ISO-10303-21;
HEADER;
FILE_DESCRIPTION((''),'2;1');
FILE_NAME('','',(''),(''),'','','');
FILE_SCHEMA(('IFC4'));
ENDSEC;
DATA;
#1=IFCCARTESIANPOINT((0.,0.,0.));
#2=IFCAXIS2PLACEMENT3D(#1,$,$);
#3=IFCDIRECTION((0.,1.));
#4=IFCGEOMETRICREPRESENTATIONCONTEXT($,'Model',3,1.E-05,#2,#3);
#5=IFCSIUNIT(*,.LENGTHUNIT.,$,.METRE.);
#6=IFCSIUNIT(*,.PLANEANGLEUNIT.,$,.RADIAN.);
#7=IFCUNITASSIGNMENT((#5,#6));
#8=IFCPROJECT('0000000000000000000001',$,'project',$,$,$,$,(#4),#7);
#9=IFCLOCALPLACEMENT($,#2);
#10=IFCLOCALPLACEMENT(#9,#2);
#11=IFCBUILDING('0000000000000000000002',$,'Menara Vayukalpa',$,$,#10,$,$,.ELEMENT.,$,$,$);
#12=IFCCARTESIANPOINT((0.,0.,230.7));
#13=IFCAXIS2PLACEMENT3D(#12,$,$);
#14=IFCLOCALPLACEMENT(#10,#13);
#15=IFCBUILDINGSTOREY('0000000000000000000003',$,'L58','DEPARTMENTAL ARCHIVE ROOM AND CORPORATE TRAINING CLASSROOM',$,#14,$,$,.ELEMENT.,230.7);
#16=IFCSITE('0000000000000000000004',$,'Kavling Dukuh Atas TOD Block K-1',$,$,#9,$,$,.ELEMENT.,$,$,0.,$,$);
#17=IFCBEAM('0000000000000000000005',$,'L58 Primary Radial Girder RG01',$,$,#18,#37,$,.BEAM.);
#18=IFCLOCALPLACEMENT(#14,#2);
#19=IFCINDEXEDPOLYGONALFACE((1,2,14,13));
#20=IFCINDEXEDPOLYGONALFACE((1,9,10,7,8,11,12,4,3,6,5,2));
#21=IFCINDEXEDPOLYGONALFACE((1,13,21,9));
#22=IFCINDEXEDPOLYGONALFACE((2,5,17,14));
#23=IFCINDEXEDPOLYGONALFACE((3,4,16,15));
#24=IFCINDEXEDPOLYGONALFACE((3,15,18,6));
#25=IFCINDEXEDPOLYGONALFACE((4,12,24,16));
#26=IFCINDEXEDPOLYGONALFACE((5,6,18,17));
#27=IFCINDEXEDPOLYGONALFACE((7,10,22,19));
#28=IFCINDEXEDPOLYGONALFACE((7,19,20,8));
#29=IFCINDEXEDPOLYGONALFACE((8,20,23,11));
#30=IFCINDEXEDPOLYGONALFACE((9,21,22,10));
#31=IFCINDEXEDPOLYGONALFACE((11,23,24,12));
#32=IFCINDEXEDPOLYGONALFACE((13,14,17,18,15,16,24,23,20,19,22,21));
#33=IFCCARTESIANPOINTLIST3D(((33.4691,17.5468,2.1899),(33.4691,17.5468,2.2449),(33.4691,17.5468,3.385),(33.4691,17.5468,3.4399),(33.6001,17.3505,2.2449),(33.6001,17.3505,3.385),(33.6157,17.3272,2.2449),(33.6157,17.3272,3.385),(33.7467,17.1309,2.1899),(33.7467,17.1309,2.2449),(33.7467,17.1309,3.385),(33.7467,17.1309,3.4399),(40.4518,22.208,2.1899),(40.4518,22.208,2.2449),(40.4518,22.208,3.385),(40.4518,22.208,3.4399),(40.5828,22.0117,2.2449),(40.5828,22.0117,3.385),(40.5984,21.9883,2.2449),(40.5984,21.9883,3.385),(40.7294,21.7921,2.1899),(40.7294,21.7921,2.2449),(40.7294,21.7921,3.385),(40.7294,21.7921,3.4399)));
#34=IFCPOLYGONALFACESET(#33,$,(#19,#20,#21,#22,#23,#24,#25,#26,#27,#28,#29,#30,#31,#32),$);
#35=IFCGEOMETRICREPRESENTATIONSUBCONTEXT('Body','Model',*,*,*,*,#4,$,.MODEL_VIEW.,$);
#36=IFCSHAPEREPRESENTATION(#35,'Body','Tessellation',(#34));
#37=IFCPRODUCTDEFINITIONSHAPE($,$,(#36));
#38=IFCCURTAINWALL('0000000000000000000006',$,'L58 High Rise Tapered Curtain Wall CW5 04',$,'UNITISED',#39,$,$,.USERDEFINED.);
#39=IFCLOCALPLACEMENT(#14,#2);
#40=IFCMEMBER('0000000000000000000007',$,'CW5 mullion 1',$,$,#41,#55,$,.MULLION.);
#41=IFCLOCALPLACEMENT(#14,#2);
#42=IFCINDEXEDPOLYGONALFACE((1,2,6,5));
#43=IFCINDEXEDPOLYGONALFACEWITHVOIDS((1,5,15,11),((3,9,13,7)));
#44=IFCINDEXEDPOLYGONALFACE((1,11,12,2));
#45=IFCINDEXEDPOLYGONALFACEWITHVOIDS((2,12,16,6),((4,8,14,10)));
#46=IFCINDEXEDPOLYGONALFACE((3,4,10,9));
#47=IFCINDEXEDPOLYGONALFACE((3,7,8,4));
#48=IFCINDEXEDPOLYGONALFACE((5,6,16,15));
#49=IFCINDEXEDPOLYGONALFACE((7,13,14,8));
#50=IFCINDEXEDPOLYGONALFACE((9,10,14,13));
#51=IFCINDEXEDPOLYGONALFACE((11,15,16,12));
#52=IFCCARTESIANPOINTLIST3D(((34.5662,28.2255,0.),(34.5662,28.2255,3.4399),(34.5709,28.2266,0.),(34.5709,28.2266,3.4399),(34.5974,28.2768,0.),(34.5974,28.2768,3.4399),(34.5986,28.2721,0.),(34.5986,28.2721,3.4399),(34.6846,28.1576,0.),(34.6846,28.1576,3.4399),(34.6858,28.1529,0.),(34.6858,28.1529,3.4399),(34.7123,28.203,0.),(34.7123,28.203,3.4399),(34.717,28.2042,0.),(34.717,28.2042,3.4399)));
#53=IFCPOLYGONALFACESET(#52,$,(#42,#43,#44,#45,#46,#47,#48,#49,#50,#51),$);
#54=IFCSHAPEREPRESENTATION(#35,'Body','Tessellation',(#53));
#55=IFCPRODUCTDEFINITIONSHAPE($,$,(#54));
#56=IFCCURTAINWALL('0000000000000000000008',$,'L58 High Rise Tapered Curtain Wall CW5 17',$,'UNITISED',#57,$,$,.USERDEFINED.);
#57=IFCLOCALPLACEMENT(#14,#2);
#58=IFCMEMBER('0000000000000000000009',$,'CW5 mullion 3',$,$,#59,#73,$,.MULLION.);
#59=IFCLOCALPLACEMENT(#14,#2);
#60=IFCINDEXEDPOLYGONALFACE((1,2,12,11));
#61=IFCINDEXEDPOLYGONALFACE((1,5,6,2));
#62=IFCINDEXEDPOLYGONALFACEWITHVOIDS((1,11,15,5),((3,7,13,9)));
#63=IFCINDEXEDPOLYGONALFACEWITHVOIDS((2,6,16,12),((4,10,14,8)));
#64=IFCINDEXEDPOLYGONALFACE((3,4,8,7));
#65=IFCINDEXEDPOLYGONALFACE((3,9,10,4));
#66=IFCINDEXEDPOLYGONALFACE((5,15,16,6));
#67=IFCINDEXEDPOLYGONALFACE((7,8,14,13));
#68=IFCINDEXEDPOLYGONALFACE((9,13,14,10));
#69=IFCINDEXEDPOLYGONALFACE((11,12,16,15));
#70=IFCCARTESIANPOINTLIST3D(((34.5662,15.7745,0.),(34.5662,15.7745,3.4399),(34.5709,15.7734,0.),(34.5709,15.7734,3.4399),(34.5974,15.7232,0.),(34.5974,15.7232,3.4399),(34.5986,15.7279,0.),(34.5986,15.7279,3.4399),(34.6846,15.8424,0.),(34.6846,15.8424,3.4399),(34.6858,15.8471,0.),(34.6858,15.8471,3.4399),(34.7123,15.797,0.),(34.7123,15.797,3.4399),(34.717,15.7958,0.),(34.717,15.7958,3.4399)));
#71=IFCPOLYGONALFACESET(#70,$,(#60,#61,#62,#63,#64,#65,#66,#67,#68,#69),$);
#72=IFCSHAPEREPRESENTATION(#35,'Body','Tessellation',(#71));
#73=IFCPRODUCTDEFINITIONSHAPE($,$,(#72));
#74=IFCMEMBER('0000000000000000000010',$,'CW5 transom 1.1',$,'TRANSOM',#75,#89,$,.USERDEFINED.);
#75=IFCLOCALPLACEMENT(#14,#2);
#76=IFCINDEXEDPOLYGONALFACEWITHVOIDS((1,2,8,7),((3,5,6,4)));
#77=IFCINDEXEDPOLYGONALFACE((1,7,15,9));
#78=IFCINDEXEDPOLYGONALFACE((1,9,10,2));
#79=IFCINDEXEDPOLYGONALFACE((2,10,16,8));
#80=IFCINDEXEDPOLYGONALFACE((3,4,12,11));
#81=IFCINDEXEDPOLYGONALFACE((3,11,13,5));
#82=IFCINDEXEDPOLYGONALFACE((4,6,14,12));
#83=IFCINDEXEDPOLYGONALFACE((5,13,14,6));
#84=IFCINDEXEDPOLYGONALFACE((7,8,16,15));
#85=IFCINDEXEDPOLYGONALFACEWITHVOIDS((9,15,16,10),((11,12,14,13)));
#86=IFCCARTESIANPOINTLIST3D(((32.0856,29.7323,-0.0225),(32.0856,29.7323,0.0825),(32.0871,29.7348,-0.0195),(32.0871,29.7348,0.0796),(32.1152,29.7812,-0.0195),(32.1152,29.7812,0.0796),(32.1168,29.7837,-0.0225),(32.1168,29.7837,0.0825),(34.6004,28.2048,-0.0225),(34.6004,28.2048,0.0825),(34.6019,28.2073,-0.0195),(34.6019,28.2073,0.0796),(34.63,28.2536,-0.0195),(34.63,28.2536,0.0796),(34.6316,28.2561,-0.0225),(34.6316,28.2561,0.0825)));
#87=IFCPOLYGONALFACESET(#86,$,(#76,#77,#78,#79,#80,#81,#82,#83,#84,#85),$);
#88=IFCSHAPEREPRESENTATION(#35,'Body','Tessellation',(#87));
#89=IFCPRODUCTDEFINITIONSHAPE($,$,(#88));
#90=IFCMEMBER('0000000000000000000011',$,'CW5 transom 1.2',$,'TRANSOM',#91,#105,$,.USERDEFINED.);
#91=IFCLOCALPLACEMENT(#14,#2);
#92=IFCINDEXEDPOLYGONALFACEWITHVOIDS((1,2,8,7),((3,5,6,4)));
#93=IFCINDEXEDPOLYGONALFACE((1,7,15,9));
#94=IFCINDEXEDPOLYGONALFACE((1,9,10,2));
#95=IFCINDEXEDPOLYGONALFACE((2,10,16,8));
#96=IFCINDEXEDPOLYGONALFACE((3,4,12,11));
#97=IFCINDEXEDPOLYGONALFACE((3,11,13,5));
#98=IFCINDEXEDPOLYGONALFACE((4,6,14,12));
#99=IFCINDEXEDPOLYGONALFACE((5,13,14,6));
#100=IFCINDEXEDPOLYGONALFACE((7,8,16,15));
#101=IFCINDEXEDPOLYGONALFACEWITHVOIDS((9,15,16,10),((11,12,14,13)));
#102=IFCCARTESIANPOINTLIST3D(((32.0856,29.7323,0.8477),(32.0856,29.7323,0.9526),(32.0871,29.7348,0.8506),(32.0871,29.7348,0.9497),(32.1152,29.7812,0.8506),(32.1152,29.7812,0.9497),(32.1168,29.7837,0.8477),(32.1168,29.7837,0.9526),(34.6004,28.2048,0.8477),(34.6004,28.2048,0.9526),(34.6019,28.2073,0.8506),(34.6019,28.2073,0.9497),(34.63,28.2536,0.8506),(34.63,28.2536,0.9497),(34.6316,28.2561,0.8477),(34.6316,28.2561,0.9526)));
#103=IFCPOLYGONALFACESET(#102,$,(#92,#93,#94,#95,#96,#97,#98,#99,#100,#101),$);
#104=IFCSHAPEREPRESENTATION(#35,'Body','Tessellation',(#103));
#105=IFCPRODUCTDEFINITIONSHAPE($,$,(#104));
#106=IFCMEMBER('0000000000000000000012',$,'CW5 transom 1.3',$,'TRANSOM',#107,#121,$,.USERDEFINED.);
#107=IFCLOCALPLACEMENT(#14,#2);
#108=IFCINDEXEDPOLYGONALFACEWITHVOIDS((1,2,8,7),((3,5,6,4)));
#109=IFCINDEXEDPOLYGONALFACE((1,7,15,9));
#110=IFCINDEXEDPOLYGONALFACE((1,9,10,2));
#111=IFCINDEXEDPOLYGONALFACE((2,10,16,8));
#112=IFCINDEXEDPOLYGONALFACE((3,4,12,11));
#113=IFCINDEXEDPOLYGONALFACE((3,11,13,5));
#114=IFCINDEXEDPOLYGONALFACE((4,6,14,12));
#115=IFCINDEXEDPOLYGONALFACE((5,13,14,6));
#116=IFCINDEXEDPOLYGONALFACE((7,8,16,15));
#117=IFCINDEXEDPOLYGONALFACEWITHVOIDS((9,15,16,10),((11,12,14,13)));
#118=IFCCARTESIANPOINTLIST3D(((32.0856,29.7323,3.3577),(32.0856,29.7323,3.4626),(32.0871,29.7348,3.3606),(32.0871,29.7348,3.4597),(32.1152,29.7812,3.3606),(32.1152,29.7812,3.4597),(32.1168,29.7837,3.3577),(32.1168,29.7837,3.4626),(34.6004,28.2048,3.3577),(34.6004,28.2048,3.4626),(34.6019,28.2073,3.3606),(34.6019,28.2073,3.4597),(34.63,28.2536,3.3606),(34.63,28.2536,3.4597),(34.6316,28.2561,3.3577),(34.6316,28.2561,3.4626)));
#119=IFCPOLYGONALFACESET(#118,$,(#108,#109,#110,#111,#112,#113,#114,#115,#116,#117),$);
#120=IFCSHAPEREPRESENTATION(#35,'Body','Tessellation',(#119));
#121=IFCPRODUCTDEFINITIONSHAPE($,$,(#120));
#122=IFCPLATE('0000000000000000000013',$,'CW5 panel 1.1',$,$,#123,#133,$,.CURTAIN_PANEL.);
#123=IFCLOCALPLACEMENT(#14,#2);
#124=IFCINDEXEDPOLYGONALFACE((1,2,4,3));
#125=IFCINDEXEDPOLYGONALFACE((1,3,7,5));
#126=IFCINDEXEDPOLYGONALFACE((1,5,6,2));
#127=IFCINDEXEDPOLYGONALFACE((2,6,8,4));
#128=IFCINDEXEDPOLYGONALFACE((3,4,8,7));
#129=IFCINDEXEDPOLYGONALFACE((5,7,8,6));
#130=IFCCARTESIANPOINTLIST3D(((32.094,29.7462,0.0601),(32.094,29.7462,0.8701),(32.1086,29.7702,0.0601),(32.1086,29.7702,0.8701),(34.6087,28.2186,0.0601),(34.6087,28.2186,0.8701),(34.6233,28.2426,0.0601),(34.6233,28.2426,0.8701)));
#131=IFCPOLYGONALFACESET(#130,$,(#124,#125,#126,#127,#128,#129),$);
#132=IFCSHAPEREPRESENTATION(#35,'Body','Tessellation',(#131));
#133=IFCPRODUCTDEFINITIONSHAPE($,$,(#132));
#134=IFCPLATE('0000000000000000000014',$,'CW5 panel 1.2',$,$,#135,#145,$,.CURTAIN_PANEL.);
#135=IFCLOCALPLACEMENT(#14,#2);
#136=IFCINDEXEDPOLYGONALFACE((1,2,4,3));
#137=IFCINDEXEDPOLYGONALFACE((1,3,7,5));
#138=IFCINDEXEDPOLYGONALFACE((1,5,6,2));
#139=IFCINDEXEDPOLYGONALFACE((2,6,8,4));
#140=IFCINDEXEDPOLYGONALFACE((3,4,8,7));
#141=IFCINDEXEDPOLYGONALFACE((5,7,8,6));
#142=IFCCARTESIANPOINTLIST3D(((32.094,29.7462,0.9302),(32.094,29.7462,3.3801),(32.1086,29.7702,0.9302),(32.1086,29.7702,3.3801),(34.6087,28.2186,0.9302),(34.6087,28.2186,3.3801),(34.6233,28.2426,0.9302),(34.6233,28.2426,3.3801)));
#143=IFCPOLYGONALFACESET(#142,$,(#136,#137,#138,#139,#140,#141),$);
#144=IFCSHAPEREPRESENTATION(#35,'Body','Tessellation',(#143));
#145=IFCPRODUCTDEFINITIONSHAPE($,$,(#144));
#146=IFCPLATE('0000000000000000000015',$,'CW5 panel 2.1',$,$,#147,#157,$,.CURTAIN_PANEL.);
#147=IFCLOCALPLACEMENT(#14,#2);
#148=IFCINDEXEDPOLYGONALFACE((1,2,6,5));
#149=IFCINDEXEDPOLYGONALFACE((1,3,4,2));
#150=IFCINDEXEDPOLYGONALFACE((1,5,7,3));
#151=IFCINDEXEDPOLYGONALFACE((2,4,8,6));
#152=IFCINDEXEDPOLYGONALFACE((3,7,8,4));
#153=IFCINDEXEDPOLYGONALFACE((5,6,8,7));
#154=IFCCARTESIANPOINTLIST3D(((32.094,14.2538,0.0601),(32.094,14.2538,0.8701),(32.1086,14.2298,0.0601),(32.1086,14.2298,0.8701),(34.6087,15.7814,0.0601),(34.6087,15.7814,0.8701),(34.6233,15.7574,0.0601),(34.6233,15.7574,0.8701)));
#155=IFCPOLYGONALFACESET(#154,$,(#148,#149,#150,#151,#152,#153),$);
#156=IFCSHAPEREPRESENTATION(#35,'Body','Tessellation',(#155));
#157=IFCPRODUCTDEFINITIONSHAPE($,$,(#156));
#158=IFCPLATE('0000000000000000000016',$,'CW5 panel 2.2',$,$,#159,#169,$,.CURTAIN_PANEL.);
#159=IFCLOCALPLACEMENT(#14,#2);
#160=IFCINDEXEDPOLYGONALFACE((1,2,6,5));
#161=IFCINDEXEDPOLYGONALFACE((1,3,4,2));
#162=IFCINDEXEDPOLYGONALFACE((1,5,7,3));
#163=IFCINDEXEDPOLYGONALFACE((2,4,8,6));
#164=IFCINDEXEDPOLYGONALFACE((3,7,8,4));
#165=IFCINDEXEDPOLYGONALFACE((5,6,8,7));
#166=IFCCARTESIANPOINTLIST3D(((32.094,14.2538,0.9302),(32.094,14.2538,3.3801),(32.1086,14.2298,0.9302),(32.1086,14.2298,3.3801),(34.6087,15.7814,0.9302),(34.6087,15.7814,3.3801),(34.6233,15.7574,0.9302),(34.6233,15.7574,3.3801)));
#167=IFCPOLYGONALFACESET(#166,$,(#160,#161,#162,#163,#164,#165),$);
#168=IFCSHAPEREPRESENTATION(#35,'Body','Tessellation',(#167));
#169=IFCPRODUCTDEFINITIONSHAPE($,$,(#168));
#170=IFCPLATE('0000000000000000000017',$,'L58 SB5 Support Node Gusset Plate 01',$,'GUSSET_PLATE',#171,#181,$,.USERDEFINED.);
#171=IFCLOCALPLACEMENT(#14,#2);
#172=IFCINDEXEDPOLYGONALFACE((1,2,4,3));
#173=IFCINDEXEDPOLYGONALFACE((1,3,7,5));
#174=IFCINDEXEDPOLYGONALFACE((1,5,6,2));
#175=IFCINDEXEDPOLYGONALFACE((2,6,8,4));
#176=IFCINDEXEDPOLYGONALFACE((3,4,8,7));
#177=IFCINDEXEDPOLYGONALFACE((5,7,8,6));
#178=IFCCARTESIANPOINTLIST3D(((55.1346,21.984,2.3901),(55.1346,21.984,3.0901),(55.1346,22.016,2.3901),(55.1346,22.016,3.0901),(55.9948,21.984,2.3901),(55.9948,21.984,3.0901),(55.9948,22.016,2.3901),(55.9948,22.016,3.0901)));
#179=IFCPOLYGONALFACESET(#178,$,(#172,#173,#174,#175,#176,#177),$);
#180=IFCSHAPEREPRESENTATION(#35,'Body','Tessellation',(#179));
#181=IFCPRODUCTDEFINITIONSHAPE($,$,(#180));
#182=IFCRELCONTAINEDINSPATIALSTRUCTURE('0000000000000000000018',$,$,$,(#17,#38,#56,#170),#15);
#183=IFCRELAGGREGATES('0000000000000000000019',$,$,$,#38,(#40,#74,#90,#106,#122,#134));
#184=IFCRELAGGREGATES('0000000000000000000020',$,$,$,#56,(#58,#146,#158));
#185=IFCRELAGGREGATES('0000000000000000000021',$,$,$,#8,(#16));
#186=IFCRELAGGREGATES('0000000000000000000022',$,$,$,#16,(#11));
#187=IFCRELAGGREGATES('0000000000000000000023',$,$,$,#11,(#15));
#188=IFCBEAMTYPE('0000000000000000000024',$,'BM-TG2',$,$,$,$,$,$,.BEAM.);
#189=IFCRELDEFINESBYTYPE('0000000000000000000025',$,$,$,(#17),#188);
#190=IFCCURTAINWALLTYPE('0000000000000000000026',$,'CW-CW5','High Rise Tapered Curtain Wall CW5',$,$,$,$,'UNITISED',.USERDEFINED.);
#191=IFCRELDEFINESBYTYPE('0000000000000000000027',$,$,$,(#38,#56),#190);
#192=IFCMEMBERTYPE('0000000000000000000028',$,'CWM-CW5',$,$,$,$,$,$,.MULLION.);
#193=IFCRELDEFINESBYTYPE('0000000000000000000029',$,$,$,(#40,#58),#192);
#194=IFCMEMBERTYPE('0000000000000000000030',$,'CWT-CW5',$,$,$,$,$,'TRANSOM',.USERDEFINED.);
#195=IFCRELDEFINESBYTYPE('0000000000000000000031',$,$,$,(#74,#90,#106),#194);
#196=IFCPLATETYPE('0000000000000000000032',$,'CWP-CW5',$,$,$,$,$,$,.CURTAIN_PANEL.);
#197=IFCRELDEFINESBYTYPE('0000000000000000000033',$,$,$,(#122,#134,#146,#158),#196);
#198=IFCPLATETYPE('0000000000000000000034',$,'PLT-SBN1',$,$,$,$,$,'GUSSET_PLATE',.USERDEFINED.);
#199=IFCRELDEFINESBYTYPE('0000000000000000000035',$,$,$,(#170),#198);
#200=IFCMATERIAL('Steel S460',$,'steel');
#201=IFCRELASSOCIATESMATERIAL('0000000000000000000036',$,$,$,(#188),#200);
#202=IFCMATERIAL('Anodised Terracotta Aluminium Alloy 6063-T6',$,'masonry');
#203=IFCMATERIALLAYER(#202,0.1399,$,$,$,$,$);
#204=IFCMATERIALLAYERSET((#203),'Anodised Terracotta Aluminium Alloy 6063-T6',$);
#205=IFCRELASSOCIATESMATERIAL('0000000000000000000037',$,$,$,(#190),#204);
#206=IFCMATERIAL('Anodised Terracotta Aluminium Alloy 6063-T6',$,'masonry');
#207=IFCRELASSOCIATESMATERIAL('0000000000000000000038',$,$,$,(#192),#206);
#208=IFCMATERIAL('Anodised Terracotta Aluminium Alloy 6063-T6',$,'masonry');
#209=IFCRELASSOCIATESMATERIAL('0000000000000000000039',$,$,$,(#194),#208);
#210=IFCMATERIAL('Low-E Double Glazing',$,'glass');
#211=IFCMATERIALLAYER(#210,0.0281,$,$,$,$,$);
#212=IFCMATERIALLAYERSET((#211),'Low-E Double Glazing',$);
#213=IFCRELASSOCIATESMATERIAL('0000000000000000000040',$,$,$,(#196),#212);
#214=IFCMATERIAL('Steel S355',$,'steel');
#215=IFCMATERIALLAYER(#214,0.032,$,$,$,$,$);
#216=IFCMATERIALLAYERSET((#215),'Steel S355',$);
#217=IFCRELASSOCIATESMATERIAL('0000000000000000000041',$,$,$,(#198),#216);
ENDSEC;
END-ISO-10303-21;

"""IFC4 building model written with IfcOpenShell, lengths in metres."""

from ifc_helpers import new_model, si_unit, direction, frame, origin, origin_2d, place, context, subcontext, project, spatial, rectangle, hollow_rectangle, i_section, extrude, material, layer, layer_set, material_profile, profile_set, type_object, element, aggregate, save


model = new_model("IFC4")

# Units and contexts
model_context = context("Model", 3, precision=1e-05, world=origin(), true_north=direction((0.0, 1.0)))
body_context = subcontext(model_context, "Body", "Model", "MODEL_VIEW")
ifc_project = project(units=[si_unit("LENGTHUNIT", "METRE"), si_unit("PLANEANGLEUNIT", "RADIAN")], contexts=[model_context])

# Site, building, storey
site_placement = place(None, origin())
site = spatial("IfcSite", under=ifc_project, at=site_placement, Name="Kavling Dukuh Atas TOD Block K-1", CompositionType="ELEMENT", RefElevation=0.0)
building_placement = place(site_placement, origin())
building = spatial("IfcBuilding", under=site, at=building_placement, Name="Menara Vayukalpa", CompositionType="ELEMENT")
storey_placement = place(building_placement, frame((0.0, 0.0, 230.7)))
storey = spatial("IfcBuildingStorey", under=building, at=storey_placement, Name="L58", Description="DEPARTMENTAL ARCHIVE ROOM AND CORPORATE TRAINING CLASSROOM", CompositionType="ELEMENT", Elevation=230.7)

# Beam
ifc_material_1 = material(Name="Steel S460", Category="steel")
ifc_material_profile_1 = material_profile(ifc_material_1, i_section(OverallWidth=0.5, OverallDepth=1.25, WebThickness=0.0281, FlangeThickness=0.0549, at=origin_2d()), Name="WG 1250x500x28x55")
ifc_profile_set_1 = profile_set([ifc_material_profile_1], Name="Steel S460")
beam_type_1 = type_object("IfcBeamType", Name="BM-TG2", PredefinedType="BEAM", material=ifc_profile_set_1)
beam_1_placement = place(storey_placement, frame((33.6079, 17.3389, 2.8149), z_axis=(0.831719, 0.555197, 0.0), x_axis=(-0.555197, 0.831719, 0.0)))
element("IfcBeam", 1, at=beam_1_placement, inside=storey, type_object=beam_type_1, Name="L58 Primary Radial Girder RG01", PredefinedType="BEAM", context=body_context, shape_type="SweptSolid", body=[
    extrude(i_section(OverallWidth=0.5, OverallDepth=1.25, WebThickness=0.0281, FlangeThickness=0.0549, at=origin_2d()), origin(), (0.0, 0.0, 1.0), 8.3955),
])

# Curtain walls, members
ifc_material_2 = material(Name="Anodised Terracotta Aluminium Alloy 6063-T6", Category="masonry")
ifc_layer_1 = layer(ifc_material_2, 0.1399)
ifc_layer_set_1 = layer_set([ifc_layer_1], Name="Anodised Terracotta Aluminium Alloy 6063-T6")
curtain_wall_type = type_object("IfcCurtainWallType", Name="CW-CW5", Description="High Rise Tapered Curtain Wall CW5", ElementType="UNITISED", PredefinedType="USERDEFINED", material=ifc_layer_set_1)
curtain_wall_1_placement = place(storey_placement, origin())
curtain_wall_1 = element("IfcCurtainWall", 2, at=curtain_wall_1_placement, inside=storey, type_object=curtain_wall_type, Name="L58 High Rise Tapered Curtain Wall CW5 04", ObjectType="UNITISED", PredefinedType="USERDEFINED")
ifc_material_3 = material(Name="Anodised Terracotta Aluminium Alloy 6063-T6", Category="masonry")
ifc_material_profile_2 = material_profile(ifc_material_3, hollow_rectangle(XDim=0.0601, YDim=0.1399, WallThickness=0.0034, at=origin_2d()), Name="ALU 60x140x3.5")
ifc_profile_set_2 = profile_set([ifc_material_profile_2], Name="Anodised Terracotta Aluminium Alloy 6063-T6")
member_type_1 = type_object("IfcMemberType", Name="CWM-CW5", PredefinedType="MULLION", material=ifc_profile_set_2)
member_1_placement = place(storey_placement, frame((34.6416, 28.2148, 0.0), z_axis=(0.0, 0.0, 1.0), x_axis=(-0.51918, -0.854665, 0.0)))
member_1 = element("IfcMember", 3, at=member_1_placement, type_object=member_type_1, Name="CW5 mullion 1", PredefinedType="MULLION", context=body_context, shape_type="SweptSolid", body=[
    extrude(hollow_rectangle(XDim=0.0601, YDim=0.1399, WallThickness=0.0034, at=origin_2d()), origin(), (0.0, 0.0, 1.0), 3.4399),
])
curtain_wall_2_placement = place(storey_placement, origin())
curtain_wall_2 = element("IfcCurtainWall", 4, at=curtain_wall_2_placement, inside=storey, type_object=curtain_wall_type, Name="L58 High Rise Tapered Curtain Wall CW5 17", ObjectType="UNITISED", PredefinedType="USERDEFINED")
member_2_placement = place(storey_placement, frame((34.6416, 15.7852, 0.0), z_axis=(0.0, 0.0, 1.0), x_axis=(-0.51918, 0.854665, 0.0)))
member_2 = element("IfcMember", 5, at=member_2_placement, type_object=member_type_1, Name="CW5 mullion 3", PredefinedType="MULLION", context=body_context, shape_type="SweptSolid", body=[
    extrude(hollow_rectangle(XDim=0.0601, YDim=0.1399, WallThickness=0.0034, at=origin_2d()), origin(), (0.0, 0.0, 1.0), 3.4399),
])

# Members
ifc_material_4 = material(Name="Anodised Terracotta Aluminium Alloy 6063-T6", Category="masonry")
ifc_material_profile_3 = material_profile(ifc_material_4, hollow_rectangle(XDim=0.0601, YDim=0.105, WallThickness=0.0029, at=origin_2d()), Name="ALU 60x105x3")
ifc_profile_set_3 = profile_set([ifc_material_profile_3], Name="Anodised Terracotta Aluminium Alloy 6063-T6")
member_type_2 = type_object("IfcMemberType", Name="CWT-CW5", ElementType="TRANSOM", PredefinedType="USERDEFINED", material=ifc_profile_set_3)
member_3_placement = place(storey_placement, frame((34.616, 28.2305, 0.03), z_axis=(-0.854684, 0.519149, 0.0), x_axis=(-0.519149, -0.854684, 0.0)))
member_3 = element("IfcMember", 6, at=member_3_placement, type_object=member_type_2, Name="CW5 transom 1.1", ObjectType="TRANSOM", PredefinedType="USERDEFINED", context=body_context, shape_type="SweptSolid", body=[
    extrude(hollow_rectangle(XDim=0.0601, YDim=0.105, WallThickness=0.0029, at=origin_2d()), origin(), (0.0, 0.0, 1.0), 2.9424),
])
member_4_placement = place(storey_placement, frame((34.616, 28.2305, 0.9001), z_axis=(-0.854684, 0.519149, 0.0), x_axis=(-0.519149, -0.854684, 0.0)))
member_4 = element("IfcMember", 7, at=member_4_placement, type_object=member_type_2, Name="CW5 transom 1.2", ObjectType="TRANSOM", PredefinedType="USERDEFINED", context=body_context, shape_type="SweptSolid", body=[
    extrude(hollow_rectangle(XDim=0.0601, YDim=0.105, WallThickness=0.0029, at=origin_2d()), origin(), (0.0, 0.0, 1.0), 2.9424),
])
member_5_placement = place(storey_placement, frame((34.616, 28.2305, 3.4102), z_axis=(-0.854684, 0.519149, 0.0), x_axis=(-0.519149, -0.854684, 0.0)))
member_5 = element("IfcMember", 8, at=member_5_placement, type_object=member_type_2, Name="CW5 transom 1.3", ObjectType="TRANSOM", PredefinedType="USERDEFINED", context=body_context, shape_type="SweptSolid", body=[
    extrude(hollow_rectangle(XDim=0.0601, YDim=0.105, WallThickness=0.0029, at=origin_2d()), origin(), (0.0, 0.0, 1.0), 2.9424),
])

# Plates
ifc_material_5 = material(Name="Low-E Double Glazing", Category="glass")
ifc_layer_2 = layer(ifc_material_5, 0.0281)
ifc_layer_set_2 = layer_set([ifc_layer_2], Name="Low-E Double Glazing")
plate_type_1 = type_object("IfcPlateType", Name="CWP-CW5", PredefinedType="CURTAIN_PANEL", material=ifc_layer_set_2)
plate_1_placement = place(storey_placement, frame((33.3586, 28.9944, 0.0601), z_axis=(0.0, 0.0, 1.0), x_axis=(-0.854665, 0.51918, 0.0)))
plate_1 = element("IfcPlate", 9, at=plate_1_placement, type_object=plate_type_1, Name="CW5 panel 1.1", PredefinedType="CURTAIN_PANEL", context=body_context, shape_type="SweptSolid", body=[
    extrude(rectangle(XDim=2.9424, YDim=0.0281, at=origin_2d()), origin(), (0.0, 0.0, 1.0), 0.8101),
])
plate_2_placement = place(storey_placement, frame((33.3586, 28.9944, 0.9302), z_axis=(0.0, 0.0, 1.0), x_axis=(-0.854665, 0.51918, 0.0)))
plate_2 = element("IfcPlate", 10, at=plate_2_placement, type_object=plate_type_1, Name="CW5 panel 1.2", PredefinedType="CURTAIN_PANEL", context=body_context, shape_type="SweptSolid", body=[
    extrude(rectangle(XDim=2.9424, YDim=0.0281, at=origin_2d()), origin(), (0.0, 0.0, 1.0), 2.45),
])
aggregate(curtain_wall_1, [member_1, member_3, member_4, member_5, plate_1, plate_2])
plate_3_placement = place(storey_placement, frame((33.3586, 15.0056, 0.0601), z_axis=(0.0, 0.0, 1.0), x_axis=(0.854665, 0.51918, 0.0)))
plate_3 = element("IfcPlate", 11, at=plate_3_placement, type_object=plate_type_1, Name="CW5 panel 2.1", PredefinedType="CURTAIN_PANEL", context=body_context, shape_type="SweptSolid", body=[
    extrude(rectangle(XDim=2.9424, YDim=0.0281, at=origin_2d()), origin(), (0.0, 0.0, 1.0), 0.8101),
])
plate_4_placement = place(storey_placement, frame((33.3586, 15.0056, 0.9302), z_axis=(0.0, 0.0, 1.0), x_axis=(0.854665, 0.51918, 0.0)))
plate_4 = element("IfcPlate", 12, at=plate_4_placement, type_object=plate_type_1, Name="CW5 panel 2.2", PredefinedType="CURTAIN_PANEL", context=body_context, shape_type="SweptSolid", body=[
    extrude(rectangle(XDim=2.9424, YDim=0.0281, at=origin_2d()), origin(), (0.0, 0.0, 1.0), 2.45),
])
aggregate(curtain_wall_2, [member_2, plate_3, plate_4])
ifc_material_6 = material(Name="Steel S355", Category="steel")
ifc_layer_3 = layer(ifc_material_6, 0.032)
ifc_layer_set_3 = layer_set([ifc_layer_3], Name="Steel S355")
plate_type_2 = type_object("IfcPlateType", Name="PLT-SBN1", ElementType="GUSSET_PLATE", PredefinedType="USERDEFINED", material=ifc_layer_set_3)
plate_5_placement = place(storey_placement, frame((55.5647, 22.0, 2.3901), z_axis=(0.0, 0.0, 1.0), x_axis=(1.0, 0.0, 0.0)))
element("IfcPlate", 13, at=plate_5_placement, inside=storey, type_object=plate_type_2, Name="L58 SB5 Support Node Gusset Plate 01", ObjectType="GUSSET_PLATE", PredefinedType="USERDEFINED", context=body_context, shape_type="SweptSolid", body=[
    extrude(rectangle(XDim=0.8601, YDim=0.032, at=origin_2d()), origin(), (0.0, 0.0, 1.0), 0.7),
])

save(model, "model.ifc")
